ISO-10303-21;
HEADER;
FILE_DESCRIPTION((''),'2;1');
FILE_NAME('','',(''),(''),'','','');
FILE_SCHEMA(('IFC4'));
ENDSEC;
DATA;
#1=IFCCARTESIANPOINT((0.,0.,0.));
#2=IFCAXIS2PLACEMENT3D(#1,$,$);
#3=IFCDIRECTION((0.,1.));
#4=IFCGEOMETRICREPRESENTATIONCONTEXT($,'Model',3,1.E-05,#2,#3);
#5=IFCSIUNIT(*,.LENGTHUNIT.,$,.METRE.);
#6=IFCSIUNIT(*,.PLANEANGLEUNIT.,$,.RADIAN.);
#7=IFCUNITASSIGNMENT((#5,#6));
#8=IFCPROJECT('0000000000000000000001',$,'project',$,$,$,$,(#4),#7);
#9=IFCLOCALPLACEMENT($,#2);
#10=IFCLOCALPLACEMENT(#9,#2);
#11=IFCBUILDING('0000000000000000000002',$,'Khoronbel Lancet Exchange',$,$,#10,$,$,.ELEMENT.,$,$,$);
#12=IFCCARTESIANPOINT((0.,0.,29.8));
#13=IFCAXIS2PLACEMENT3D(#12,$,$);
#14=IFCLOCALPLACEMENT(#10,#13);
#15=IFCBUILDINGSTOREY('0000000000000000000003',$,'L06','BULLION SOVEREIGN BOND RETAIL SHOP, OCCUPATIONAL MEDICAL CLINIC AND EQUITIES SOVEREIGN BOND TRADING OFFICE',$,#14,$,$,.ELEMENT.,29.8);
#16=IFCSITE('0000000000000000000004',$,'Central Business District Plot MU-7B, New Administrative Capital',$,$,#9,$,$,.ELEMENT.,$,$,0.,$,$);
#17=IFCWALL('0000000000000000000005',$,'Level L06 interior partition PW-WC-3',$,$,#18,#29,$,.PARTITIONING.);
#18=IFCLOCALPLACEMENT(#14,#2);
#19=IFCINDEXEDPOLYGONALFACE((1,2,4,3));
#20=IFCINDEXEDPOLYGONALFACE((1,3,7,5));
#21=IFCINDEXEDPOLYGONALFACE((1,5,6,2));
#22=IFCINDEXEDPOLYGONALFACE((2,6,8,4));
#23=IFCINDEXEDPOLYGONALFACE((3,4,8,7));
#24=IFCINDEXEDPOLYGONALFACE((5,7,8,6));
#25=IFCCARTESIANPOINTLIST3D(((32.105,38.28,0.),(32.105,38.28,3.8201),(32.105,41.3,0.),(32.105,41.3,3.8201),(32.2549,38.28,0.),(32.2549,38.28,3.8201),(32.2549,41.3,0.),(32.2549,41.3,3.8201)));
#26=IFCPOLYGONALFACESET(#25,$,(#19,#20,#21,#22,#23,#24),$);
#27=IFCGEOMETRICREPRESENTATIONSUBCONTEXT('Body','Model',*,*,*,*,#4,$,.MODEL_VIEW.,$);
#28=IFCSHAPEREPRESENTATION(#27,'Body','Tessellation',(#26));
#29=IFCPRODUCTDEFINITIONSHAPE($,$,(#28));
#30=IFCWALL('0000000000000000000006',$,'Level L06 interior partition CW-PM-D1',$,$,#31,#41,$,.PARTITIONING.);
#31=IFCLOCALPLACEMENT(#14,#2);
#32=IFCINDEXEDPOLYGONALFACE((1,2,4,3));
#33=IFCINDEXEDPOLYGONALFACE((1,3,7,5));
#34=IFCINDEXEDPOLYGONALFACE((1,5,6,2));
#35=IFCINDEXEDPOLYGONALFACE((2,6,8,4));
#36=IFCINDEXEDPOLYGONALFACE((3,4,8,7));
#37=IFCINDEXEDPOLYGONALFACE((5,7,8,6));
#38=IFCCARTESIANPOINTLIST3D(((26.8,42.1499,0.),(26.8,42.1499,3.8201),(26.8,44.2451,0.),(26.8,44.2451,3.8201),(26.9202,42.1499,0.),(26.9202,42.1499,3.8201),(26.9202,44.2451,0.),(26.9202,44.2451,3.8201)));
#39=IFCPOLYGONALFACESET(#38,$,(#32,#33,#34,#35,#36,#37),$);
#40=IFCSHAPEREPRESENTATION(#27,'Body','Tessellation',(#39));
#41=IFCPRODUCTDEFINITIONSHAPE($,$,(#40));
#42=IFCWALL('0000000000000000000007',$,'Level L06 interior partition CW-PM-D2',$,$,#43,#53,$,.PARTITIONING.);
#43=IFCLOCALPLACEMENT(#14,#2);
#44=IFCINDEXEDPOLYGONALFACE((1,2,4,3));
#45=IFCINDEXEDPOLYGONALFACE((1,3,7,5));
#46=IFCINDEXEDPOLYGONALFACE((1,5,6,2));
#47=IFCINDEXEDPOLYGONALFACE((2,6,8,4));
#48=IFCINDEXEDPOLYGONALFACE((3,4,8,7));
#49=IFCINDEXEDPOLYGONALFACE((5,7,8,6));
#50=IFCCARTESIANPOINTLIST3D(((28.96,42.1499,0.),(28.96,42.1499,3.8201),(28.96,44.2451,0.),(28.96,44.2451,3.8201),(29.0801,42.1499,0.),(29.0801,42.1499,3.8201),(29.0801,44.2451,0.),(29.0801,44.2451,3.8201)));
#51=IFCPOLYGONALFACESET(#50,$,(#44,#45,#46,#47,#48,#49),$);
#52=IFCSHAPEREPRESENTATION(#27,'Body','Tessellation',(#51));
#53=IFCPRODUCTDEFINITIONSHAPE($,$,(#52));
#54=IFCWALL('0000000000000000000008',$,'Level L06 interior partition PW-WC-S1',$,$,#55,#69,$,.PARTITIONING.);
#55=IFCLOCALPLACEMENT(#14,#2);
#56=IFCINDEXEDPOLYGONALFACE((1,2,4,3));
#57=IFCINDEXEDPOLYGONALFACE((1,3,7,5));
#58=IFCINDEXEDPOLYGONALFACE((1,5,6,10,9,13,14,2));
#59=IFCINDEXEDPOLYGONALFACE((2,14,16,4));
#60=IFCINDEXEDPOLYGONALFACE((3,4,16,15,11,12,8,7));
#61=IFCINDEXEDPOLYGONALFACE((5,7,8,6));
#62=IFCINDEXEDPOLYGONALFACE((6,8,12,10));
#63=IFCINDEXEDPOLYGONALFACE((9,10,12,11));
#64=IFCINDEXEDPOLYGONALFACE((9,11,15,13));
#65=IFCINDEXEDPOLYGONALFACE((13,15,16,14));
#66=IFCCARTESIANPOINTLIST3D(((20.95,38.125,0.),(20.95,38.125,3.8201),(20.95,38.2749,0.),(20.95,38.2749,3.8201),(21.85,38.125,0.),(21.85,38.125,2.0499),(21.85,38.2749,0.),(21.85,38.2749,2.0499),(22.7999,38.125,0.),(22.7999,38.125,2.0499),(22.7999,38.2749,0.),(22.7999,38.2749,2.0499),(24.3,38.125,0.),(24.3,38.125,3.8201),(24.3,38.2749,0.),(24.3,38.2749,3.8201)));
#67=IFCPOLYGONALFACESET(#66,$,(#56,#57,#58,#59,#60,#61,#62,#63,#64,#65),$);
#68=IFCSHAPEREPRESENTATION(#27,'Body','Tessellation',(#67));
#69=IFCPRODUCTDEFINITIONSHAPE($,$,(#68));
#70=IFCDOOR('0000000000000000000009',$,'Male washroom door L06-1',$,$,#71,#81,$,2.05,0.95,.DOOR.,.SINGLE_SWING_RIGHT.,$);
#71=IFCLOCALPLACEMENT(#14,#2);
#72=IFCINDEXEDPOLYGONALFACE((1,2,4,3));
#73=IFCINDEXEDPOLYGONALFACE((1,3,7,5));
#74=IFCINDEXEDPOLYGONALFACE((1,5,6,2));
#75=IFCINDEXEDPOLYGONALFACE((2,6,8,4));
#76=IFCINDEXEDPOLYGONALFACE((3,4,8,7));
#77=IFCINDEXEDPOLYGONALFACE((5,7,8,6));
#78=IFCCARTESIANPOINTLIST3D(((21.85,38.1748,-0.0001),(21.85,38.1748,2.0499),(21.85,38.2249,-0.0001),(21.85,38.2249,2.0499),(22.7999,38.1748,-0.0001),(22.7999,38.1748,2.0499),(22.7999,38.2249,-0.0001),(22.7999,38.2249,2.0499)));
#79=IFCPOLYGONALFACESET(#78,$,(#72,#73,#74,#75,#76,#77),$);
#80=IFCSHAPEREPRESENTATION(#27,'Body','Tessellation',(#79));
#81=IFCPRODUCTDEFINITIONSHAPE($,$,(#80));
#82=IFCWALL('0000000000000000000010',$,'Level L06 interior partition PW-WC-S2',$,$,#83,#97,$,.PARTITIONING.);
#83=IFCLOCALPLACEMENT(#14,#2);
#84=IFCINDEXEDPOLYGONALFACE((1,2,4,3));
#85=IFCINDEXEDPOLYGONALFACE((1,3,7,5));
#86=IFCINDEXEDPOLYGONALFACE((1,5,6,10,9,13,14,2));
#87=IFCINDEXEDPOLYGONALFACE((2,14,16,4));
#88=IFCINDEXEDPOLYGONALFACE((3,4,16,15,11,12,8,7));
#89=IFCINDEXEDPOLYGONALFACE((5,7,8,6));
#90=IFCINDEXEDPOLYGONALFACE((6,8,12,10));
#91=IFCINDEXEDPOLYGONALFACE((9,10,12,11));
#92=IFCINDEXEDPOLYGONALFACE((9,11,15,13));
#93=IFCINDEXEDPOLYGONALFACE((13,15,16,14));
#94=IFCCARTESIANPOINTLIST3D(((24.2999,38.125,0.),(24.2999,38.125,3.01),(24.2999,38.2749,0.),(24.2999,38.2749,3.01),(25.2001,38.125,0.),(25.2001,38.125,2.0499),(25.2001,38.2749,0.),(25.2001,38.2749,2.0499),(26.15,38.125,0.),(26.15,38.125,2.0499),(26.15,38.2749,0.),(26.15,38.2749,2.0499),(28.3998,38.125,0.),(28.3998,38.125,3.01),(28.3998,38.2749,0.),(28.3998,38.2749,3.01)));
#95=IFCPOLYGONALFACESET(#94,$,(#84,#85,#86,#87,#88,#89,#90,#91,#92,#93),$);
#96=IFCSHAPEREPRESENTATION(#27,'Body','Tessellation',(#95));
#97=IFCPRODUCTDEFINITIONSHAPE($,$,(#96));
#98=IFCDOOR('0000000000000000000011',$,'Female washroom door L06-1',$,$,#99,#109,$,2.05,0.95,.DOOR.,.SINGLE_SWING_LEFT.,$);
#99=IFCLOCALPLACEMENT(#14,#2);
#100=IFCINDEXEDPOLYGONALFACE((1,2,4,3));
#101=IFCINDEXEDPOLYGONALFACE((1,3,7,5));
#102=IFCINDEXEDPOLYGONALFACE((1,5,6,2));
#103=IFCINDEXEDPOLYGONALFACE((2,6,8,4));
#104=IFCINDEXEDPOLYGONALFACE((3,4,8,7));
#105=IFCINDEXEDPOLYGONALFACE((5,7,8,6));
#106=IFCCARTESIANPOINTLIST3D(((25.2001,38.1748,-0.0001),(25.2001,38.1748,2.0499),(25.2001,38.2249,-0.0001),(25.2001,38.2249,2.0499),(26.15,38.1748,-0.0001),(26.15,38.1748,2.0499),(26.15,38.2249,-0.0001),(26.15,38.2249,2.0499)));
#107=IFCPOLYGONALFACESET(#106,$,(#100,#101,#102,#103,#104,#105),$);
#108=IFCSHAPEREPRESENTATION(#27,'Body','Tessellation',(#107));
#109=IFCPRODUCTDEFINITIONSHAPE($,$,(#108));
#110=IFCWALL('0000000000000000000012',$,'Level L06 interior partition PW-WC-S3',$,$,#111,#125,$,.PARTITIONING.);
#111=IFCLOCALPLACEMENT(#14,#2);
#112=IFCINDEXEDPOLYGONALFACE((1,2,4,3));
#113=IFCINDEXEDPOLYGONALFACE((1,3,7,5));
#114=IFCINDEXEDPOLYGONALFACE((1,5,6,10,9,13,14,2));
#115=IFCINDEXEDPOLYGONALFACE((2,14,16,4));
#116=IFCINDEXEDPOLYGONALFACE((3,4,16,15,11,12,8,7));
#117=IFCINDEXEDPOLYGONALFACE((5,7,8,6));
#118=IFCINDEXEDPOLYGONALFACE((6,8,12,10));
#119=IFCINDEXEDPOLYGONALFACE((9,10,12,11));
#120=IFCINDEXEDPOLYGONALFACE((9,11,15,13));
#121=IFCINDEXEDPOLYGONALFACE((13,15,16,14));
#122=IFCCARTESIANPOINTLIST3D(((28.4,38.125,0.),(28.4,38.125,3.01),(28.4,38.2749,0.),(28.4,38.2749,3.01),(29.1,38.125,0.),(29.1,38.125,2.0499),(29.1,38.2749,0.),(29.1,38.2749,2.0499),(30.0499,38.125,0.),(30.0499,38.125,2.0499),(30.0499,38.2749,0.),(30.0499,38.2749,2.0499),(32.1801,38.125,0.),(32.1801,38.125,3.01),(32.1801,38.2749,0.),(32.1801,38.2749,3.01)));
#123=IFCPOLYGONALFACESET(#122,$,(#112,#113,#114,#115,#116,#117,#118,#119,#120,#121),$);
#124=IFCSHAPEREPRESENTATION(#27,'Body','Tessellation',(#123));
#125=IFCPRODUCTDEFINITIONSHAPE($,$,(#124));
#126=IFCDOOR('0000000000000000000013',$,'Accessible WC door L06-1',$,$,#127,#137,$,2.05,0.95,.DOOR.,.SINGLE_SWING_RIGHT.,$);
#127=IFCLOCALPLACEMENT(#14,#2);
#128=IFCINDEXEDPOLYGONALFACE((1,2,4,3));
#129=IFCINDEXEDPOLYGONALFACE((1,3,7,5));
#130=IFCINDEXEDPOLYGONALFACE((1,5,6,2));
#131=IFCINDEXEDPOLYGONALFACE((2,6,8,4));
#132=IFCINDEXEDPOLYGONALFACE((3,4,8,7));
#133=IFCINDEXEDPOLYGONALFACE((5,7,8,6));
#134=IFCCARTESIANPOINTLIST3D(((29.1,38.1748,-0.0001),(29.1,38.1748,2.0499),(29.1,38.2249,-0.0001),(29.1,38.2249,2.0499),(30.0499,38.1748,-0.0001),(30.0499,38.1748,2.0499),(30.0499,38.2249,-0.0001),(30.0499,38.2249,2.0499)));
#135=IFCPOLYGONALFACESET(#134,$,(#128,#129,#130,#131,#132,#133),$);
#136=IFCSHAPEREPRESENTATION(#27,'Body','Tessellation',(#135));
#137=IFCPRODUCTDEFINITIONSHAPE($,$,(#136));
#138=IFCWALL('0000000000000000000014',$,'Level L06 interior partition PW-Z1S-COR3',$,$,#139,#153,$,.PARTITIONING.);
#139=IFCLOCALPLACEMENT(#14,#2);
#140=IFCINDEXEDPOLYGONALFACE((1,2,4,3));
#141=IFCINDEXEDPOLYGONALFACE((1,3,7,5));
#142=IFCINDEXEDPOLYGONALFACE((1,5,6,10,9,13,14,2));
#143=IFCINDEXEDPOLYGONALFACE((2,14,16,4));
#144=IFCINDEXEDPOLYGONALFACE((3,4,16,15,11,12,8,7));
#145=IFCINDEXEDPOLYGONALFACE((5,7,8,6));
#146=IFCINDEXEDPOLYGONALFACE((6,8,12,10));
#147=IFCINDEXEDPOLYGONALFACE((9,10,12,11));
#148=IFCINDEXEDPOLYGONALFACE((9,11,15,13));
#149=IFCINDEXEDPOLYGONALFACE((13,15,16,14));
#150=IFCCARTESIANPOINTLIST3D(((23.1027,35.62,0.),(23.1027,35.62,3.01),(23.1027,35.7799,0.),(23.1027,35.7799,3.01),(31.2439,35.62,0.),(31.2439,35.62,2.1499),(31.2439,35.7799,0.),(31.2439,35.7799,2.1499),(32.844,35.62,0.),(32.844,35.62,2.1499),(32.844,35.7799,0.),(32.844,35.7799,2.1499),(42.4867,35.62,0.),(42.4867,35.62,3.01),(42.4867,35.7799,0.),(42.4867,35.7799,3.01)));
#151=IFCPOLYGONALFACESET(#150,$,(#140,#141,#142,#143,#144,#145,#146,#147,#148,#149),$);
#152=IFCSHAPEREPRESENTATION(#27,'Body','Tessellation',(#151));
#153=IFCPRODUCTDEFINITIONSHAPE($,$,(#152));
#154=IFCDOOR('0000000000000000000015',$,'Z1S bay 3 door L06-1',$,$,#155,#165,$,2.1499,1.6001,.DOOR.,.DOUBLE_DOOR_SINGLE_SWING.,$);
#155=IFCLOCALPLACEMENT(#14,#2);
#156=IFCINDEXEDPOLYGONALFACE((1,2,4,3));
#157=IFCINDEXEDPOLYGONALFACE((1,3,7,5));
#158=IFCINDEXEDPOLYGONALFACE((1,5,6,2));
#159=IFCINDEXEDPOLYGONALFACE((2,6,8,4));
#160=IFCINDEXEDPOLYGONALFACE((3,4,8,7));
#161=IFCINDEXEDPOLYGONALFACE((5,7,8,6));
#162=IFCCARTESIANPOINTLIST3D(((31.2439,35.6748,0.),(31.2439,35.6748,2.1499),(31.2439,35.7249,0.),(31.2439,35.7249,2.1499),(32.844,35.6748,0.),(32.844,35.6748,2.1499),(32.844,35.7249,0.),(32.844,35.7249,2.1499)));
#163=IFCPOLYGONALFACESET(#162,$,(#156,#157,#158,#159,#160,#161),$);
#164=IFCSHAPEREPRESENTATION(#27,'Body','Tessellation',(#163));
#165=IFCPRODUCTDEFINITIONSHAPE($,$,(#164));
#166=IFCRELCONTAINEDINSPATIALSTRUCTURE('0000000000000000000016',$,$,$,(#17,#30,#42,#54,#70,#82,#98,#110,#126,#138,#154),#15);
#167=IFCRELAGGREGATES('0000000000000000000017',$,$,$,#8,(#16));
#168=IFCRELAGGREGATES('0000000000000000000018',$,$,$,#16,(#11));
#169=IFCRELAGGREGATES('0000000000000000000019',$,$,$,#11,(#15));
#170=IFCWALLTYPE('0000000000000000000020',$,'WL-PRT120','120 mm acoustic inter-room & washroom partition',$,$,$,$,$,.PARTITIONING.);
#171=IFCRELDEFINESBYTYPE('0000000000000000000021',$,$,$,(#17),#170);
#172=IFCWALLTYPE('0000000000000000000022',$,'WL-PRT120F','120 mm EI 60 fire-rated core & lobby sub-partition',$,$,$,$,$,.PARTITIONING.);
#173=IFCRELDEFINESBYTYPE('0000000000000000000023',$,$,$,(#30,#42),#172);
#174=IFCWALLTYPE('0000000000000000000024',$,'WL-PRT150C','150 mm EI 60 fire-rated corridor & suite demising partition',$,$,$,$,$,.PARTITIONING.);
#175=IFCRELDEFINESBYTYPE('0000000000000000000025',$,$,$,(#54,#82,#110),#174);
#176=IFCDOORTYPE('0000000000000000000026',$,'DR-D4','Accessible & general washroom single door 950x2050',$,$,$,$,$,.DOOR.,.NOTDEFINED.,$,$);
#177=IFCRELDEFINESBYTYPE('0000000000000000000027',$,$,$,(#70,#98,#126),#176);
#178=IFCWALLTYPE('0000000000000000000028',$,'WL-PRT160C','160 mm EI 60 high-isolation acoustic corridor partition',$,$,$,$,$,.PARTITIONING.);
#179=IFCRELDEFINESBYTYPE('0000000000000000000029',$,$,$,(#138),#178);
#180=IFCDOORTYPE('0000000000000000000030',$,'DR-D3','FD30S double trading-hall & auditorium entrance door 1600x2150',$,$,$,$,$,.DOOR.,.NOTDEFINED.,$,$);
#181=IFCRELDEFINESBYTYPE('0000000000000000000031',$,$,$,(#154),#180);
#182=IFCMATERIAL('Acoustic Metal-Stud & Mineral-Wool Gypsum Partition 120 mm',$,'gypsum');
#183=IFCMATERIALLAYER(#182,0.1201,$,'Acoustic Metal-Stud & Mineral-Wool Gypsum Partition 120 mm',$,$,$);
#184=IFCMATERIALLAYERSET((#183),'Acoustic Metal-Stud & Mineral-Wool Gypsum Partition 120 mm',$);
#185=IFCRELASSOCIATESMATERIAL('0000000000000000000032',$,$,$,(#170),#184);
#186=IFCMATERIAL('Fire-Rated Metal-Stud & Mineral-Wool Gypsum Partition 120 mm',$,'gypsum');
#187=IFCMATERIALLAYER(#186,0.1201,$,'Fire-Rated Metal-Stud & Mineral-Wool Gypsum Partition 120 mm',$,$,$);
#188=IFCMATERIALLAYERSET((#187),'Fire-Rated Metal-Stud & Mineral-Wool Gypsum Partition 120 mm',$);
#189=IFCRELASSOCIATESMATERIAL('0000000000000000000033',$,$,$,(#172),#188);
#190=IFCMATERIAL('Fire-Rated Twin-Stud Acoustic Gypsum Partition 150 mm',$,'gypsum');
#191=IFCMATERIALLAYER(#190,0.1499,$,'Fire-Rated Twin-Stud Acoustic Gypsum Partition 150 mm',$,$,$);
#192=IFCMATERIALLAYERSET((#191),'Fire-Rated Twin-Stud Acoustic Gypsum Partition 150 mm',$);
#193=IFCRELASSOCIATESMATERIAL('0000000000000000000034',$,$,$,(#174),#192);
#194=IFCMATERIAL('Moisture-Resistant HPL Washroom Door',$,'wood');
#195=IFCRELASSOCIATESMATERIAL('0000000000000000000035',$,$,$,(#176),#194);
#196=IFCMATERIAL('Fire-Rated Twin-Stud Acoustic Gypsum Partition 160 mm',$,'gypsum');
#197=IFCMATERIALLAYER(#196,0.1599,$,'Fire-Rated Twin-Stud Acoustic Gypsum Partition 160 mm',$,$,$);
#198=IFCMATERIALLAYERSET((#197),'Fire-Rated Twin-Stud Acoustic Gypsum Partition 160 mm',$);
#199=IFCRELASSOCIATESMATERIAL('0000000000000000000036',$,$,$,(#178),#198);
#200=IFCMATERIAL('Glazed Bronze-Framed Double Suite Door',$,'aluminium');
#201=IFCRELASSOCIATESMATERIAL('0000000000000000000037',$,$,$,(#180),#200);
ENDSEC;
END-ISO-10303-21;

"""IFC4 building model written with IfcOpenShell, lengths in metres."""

from ifc_helpers import new_model, si_unit, direction, frame, frame_2d, origin, place, context, subcontext, project, spatial, rectangle, extrude, material, layer, layer_set, type_object, element, fill, save


model = new_model("IFC4")

# Units and contexts
model_context = context("Model", 3, precision=1e-05, world=origin(), true_north=direction((0.0, 1.0)))
body_context = subcontext(model_context, "Body", "Model", "MODEL_VIEW")
ifc_project = project(units=[si_unit("LENGTHUNIT", "METRE"), si_unit("PLANEANGLEUNIT", "RADIAN")], contexts=[model_context])

# Site, building, storey
site_placement = place(None, origin())
site = spatial("IfcSite", under=ifc_project, at=site_placement, Name="Central Business District Plot MU-7B, New Administrative Capital", CompositionType="ELEMENT", RefElevation=0.0)
building_placement = place(site_placement, origin())
building = spatial("IfcBuilding", under=site, at=building_placement, Name="Khoronbel Lancet Exchange", CompositionType="ELEMENT")
storey_placement = place(building_placement, frame((0.0, 0.0, 29.8)))
storey = spatial("IfcBuildingStorey", under=building, at=storey_placement, Name="L06", Description="BULLION SOVEREIGN BOND RETAIL SHOP, OCCUPATIONAL MEDICAL CLINIC AND EQUITIES SOVEREIGN BOND TRADING OFFICE", CompositionType="ELEMENT", Elevation=29.8)

# Walls
ifc_material_1 = material(Name="Acoustic Metal-Stud & Mineral-Wool Gypsum Partition 120 mm", Category="gypsum")
ifc_layer_1 = layer(ifc_material_1, 0.1201, Name="Acoustic Metal-Stud & Mineral-Wool Gypsum Partition 120 mm")
ifc_layer_set_1 = layer_set([ifc_layer_1], Name="Acoustic Metal-Stud & Mineral-Wool Gypsum Partition 120 mm")
wall_type_1 = type_object("IfcWallType", Name="WL-PRT120", Description="120 mm acoustic inter-room & washroom partition", PredefinedType="PARTITIONING", material=ifc_layer_set_1)
for number, where, z_axis, x_axis, name in (
    (1, (32.1799, 38.28, 0.0), (0.0, 0.0, 1.0), (0.0, 1.0, 0.0), "Level L06 interior partition PW-WC-3"),
):
    element("IfcWall", number, at=place(storey_placement, frame(where, z_axis=z_axis, x_axis=x_axis)), inside=storey, type_object=wall_type_1, Name=name, PredefinedType="PARTITIONING", context=body_context, shape_type="SweptSolid", body=[
        extrude(rectangle(XDim=3.02, YDim=0.1499, at=frame_2d((1.51, 0.0))), origin(), (0.0, 0.0, 1.0), 3.8201),
    ])
ifc_material_2 = material(Name="Fire-Rated Metal-Stud & Mineral-Wool Gypsum Partition 120 mm", Category="gypsum")
ifc_layer_2 = layer(ifc_material_2, 0.1201, Name="Fire-Rated Metal-Stud & Mineral-Wool Gypsum Partition 120 mm")
ifc_layer_set_2 = layer_set([ifc_layer_2], Name="Fire-Rated Metal-Stud & Mineral-Wool Gypsum Partition 120 mm")
wall_type_2 = type_object("IfcWallType", Name="WL-PRT120F", Description="120 mm EI 60 fire-rated core & lobby sub-partition", PredefinedType="PARTITIONING", material=ifc_layer_set_2)
for number, where, z_axis, x_axis, name in (
    (2, (26.8601, 42.1499, 0.0), (0.0, 0.0, 1.0), (0.0, 1.0, 0.0), "Level L06 interior partition CW-PM-D1"),
    (3, (29.02, 42.1499, 0.0), (0.0, 0.0, 1.0), (0.0, 1.0, 0.0), "Level L06 interior partition CW-PM-D2"),
):
    element("IfcWall", number, at=place(storey_placement, frame(where, z_axis=z_axis, x_axis=x_axis)), inside=storey, type_object=wall_type_2, Name=name, PredefinedType="PARTITIONING", context=body_context, shape_type="SweptSolid", body=[
        extrude(rectangle(XDim=2.0952, YDim=0.1201, at=frame_2d((1.0476, 0.0))), origin(), (0.0, 0.0, 1.0), 3.8201),
    ])

# Walls, openings, doors
ifc_material_3 = material(Name="Fire-Rated Twin-Stud Acoustic Gypsum Partition 150 mm", Category="gypsum")
ifc_layer_3 = layer(ifc_material_3, 0.1499, Name="Fire-Rated Twin-Stud Acoustic Gypsum Partition 150 mm")
ifc_layer_set_3 = layer_set([ifc_layer_3], Name="Fire-Rated Twin-Stud Acoustic Gypsum Partition 150 mm")
wall_type_3 = type_object("IfcWallType", Name="WL-PRT150C", Description="150 mm EI 60 fire-rated corridor & suite demising partition", PredefinedType="PARTITIONING", material=ifc_layer_set_3)
wall_1_placement = place(storey_placement, frame((20.95, 38.2, 0.0), z_axis=(0.0, 0.0, 1.0), x_axis=(1.0, 0.0, 0.0)))
wall_1 = element("IfcWall", 4, at=wall_1_placement, inside=storey, type_object=wall_type_3, Name="Level L06 interior partition PW-WC-S1", PredefinedType="PARTITIONING", context=body_context, shape_type="SweptSolid", body=[
    extrude(rectangle(XDim=3.3501, YDim=0.1499, at=frame_2d((1.675, 0.0))), origin(), (0.0, 0.0, 1.0), 3.8201),
])
opening_1_placement = place(wall_1_placement, frame((0.8999, 0.0, 0.0)))
opening_1 = element("IfcOpeningElement", 5, at=opening_1_placement, cuts=wall_1, PredefinedType="OPENING", context=body_context, shape_type="SweptSolid", body=[
    extrude(rectangle(XDim=0.95, YDim=2.05, at=frame_2d((0.4751, 1.0249))), frame((0.0, 0.085, 0.0), z_axis=(0.0, -1.0, 0.0), x_axis=(1.0, 0.0, 0.0)), (0.0, 0.0, 1.0), 0.1699),
])
ifc_material_4 = material(Name="Moisture-Resistant HPL Washroom Door", Category="wood")
door_type_1 = type_object("IfcDoorType", Name="DR-D4", Description="Accessible & general washroom single door 950x2050", OperationType="NOTDEFINED", PredefinedType="DOOR", material=ifc_material_4)
door_1_placement = place(opening_1_placement, origin())
door_1 = element("IfcDoor", 6, at=door_1_placement, inside=storey, type_object=door_type_1, Name="Male washroom door L06-1", OperationType="SINGLE_SWING_RIGHT", OverallHeight=2.05, OverallWidth=0.95, PredefinedType="DOOR", context=body_context, shape_type="SweptSolid", body=[
    extrude(rectangle(XDim=0.95, YDim=2.05, at=frame_2d((0.4751, 1.0249))), frame((0.0, 0.0249, 0.0), z_axis=(0.0, -1.0, 0.0), x_axis=(1.0, 0.0, 0.0)), (0.0, 0.0, 1.0), 0.05),
])
fill(opening_1, door_1)
wall_2_placement = place(storey_placement, frame((24.3, 38.2, 0.0), z_axis=(0.0, 0.0, 1.0), x_axis=(1.0, 0.0, 0.0)))
wall_2 = element("IfcWall", 7, at=wall_2_placement, inside=storey, type_object=wall_type_3, Name="Level L06 interior partition PW-WC-S2", PredefinedType="PARTITIONING", context=body_context, shape_type="SweptSolid", body=[
    extrude(rectangle(XDim=4.0999, YDim=0.1499, at=frame_2d((2.0498, 0.0))), origin(), (0.0, 0.0, 1.0), 3.01),
])
opening_2_placement = place(wall_2_placement, frame((0.8999, 0.0, 0.0)))
opening_2 = element("IfcOpeningElement", 8, at=opening_2_placement, cuts=wall_2, PredefinedType="OPENING", context=body_context, shape_type="SweptSolid", body=[
    extrude(rectangle(XDim=0.95, YDim=2.05, at=frame_2d((0.4751, 1.0249))), frame((0.0, 0.085, 0.0), z_axis=(0.0, -1.0, 0.0), x_axis=(1.0, 0.0, 0.0)), (0.0, 0.0, 1.0), 0.1699),
])
door_2_placement = place(opening_2_placement, origin())
door_2 = element("IfcDoor", 9, at=door_2_placement, inside=storey, type_object=door_type_1, Name="Female washroom door L06-1", OperationType="SINGLE_SWING_LEFT", OverallHeight=2.05, OverallWidth=0.95, PredefinedType="DOOR", context=body_context, shape_type="SweptSolid", body=[
    extrude(rectangle(XDim=0.95, YDim=2.05, at=frame_2d((0.4751, 1.0249))), frame((0.0, 0.0249, 0.0), z_axis=(0.0, -1.0, 0.0), x_axis=(1.0, 0.0, 0.0)), (0.0, 0.0, 1.0), 0.05),
])
fill(opening_2, door_2)
wall_3_placement = place(storey_placement, frame((28.3999, 38.2, 0.0), z_axis=(0.0, 0.0, 1.0), x_axis=(1.0, 0.0, 0.0)))
wall_3 = element("IfcWall", 10, at=wall_3_placement, inside=storey, type_object=wall_type_3, Name="Level L06 interior partition PW-WC-S3", PredefinedType="PARTITIONING", context=body_context, shape_type="SweptSolid", body=[
    extrude(rectangle(XDim=3.78, YDim=0.1499, at=frame_2d((1.8901, 0.0))), origin(), (0.0, 0.0, 1.0), 3.01),
])
opening_3_placement = place(wall_3_placement, frame((0.7, 0.0, 0.0)))
opening_3 = element("IfcOpeningElement", 11, at=opening_3_placement, cuts=wall_3, PredefinedType="OPENING", context=body_context, shape_type="SweptSolid", body=[
    extrude(rectangle(XDim=0.95, YDim=2.05, at=frame_2d((0.4751, 1.0249))), frame((0.0, 0.085, 0.0), z_axis=(0.0, -1.0, 0.0), x_axis=(1.0, 0.0, 0.0)), (0.0, 0.0, 1.0), 0.1699),
])
door_3_placement = place(opening_3_placement, origin())
door_3 = element("IfcDoor", 12, at=door_3_placement, inside=storey, type_object=door_type_1, Name="Accessible WC door L06-1", OperationType="SINGLE_SWING_RIGHT", OverallHeight=2.05, OverallWidth=0.95, PredefinedType="DOOR", context=body_context, shape_type="SweptSolid", body=[
    extrude(rectangle(XDim=0.95, YDim=2.05, at=frame_2d((0.4751, 1.0249))), frame((0.0, 0.0249, 0.0), z_axis=(0.0, -1.0, 0.0), x_axis=(1.0, 0.0, 0.0)), (0.0, 0.0, 1.0), 0.05),
])
fill(opening_3, door_3)
ifc_material_5 = material(Name="Fire-Rated Twin-Stud Acoustic Gypsum Partition 160 mm", Category="gypsum")
ifc_layer_4 = layer(ifc_material_5, 0.1599, Name="Fire-Rated Twin-Stud Acoustic Gypsum Partition 160 mm")
ifc_layer_set_4 = layer_set([ifc_layer_4], Name="Fire-Rated Twin-Stud Acoustic Gypsum Partition 160 mm")
wall_type_4 = type_object("IfcWallType", Name="WL-PRT160C", Description="160 mm EI 60 high-isolation acoustic corridor partition", PredefinedType="PARTITIONING", material=ifc_layer_set_4)
wall_4_placement = place(storey_placement, frame((23.1028, 35.7, 0.0), z_axis=(0.0, 0.0, 1.0), x_axis=(1.0, 0.0, 0.0)))
wall_4 = element("IfcWall", 13, at=wall_4_placement, inside=storey, type_object=wall_type_4, Name="Level L06 interior partition PW-Z1S-COR3", PredefinedType="PARTITIONING", context=body_context, shape_type="SweptSolid", body=[
    extrude(rectangle(XDim=19.384, YDim=0.1599, at=frame_2d((9.6919, 0.0))), origin(), (0.0, 0.0, 1.0), 3.01),
])
opening_4_placement = place(wall_4_placement, frame((8.1411, 0.0, 0.0)))
opening_4 = element("IfcOpeningElement", 14, at=opening_4_placement, cuts=wall_4, PredefinedType="OPENING", context=body_context, shape_type="SweptSolid", body=[
    extrude(rectangle(XDim=1.6001, YDim=2.1499, at=frame_2d((0.8, 1.075))), frame((0.0, 0.0898, 0.0), z_axis=(0.0, -1.0, 0.0), x_axis=(1.0, 0.0, 0.0)), (0.0, 0.0, 1.0), 0.1799),
])
ifc_material_6 = material(Name="Glazed Bronze-Framed Double Suite Door", Category="aluminium")
door_type_2 = type_object("IfcDoorType", Name="DR-D3", Description="FD30S double trading-hall & auditorium entrance door 1600x2150", OperationType="NOTDEFINED", PredefinedType="DOOR", material=ifc_material_6)
door_4_placement = place(opening_4_placement, origin())
door_4 = element("IfcDoor", 15, at=door_4_placement, inside=storey, type_object=door_type_2, Name="Z1S bay 3 door L06-1", OperationType="DOUBLE_DOOR_SINGLE_SWING", OverallHeight=2.1499, OverallWidth=1.6001, PredefinedType="DOOR", context=body_context, shape_type="SweptSolid", body=[
    extrude(rectangle(XDim=1.6001, YDim=2.1499, at=frame_2d((0.8, 1.075))), frame((0.0, 0.0249, 0.0), z_axis=(0.0, -1.0, 0.0), x_axis=(1.0, 0.0, 0.0)), (0.0, 0.0, 1.0), 0.05),
])
fill(opening_4, door_4)

save(model, "model.ifc")
